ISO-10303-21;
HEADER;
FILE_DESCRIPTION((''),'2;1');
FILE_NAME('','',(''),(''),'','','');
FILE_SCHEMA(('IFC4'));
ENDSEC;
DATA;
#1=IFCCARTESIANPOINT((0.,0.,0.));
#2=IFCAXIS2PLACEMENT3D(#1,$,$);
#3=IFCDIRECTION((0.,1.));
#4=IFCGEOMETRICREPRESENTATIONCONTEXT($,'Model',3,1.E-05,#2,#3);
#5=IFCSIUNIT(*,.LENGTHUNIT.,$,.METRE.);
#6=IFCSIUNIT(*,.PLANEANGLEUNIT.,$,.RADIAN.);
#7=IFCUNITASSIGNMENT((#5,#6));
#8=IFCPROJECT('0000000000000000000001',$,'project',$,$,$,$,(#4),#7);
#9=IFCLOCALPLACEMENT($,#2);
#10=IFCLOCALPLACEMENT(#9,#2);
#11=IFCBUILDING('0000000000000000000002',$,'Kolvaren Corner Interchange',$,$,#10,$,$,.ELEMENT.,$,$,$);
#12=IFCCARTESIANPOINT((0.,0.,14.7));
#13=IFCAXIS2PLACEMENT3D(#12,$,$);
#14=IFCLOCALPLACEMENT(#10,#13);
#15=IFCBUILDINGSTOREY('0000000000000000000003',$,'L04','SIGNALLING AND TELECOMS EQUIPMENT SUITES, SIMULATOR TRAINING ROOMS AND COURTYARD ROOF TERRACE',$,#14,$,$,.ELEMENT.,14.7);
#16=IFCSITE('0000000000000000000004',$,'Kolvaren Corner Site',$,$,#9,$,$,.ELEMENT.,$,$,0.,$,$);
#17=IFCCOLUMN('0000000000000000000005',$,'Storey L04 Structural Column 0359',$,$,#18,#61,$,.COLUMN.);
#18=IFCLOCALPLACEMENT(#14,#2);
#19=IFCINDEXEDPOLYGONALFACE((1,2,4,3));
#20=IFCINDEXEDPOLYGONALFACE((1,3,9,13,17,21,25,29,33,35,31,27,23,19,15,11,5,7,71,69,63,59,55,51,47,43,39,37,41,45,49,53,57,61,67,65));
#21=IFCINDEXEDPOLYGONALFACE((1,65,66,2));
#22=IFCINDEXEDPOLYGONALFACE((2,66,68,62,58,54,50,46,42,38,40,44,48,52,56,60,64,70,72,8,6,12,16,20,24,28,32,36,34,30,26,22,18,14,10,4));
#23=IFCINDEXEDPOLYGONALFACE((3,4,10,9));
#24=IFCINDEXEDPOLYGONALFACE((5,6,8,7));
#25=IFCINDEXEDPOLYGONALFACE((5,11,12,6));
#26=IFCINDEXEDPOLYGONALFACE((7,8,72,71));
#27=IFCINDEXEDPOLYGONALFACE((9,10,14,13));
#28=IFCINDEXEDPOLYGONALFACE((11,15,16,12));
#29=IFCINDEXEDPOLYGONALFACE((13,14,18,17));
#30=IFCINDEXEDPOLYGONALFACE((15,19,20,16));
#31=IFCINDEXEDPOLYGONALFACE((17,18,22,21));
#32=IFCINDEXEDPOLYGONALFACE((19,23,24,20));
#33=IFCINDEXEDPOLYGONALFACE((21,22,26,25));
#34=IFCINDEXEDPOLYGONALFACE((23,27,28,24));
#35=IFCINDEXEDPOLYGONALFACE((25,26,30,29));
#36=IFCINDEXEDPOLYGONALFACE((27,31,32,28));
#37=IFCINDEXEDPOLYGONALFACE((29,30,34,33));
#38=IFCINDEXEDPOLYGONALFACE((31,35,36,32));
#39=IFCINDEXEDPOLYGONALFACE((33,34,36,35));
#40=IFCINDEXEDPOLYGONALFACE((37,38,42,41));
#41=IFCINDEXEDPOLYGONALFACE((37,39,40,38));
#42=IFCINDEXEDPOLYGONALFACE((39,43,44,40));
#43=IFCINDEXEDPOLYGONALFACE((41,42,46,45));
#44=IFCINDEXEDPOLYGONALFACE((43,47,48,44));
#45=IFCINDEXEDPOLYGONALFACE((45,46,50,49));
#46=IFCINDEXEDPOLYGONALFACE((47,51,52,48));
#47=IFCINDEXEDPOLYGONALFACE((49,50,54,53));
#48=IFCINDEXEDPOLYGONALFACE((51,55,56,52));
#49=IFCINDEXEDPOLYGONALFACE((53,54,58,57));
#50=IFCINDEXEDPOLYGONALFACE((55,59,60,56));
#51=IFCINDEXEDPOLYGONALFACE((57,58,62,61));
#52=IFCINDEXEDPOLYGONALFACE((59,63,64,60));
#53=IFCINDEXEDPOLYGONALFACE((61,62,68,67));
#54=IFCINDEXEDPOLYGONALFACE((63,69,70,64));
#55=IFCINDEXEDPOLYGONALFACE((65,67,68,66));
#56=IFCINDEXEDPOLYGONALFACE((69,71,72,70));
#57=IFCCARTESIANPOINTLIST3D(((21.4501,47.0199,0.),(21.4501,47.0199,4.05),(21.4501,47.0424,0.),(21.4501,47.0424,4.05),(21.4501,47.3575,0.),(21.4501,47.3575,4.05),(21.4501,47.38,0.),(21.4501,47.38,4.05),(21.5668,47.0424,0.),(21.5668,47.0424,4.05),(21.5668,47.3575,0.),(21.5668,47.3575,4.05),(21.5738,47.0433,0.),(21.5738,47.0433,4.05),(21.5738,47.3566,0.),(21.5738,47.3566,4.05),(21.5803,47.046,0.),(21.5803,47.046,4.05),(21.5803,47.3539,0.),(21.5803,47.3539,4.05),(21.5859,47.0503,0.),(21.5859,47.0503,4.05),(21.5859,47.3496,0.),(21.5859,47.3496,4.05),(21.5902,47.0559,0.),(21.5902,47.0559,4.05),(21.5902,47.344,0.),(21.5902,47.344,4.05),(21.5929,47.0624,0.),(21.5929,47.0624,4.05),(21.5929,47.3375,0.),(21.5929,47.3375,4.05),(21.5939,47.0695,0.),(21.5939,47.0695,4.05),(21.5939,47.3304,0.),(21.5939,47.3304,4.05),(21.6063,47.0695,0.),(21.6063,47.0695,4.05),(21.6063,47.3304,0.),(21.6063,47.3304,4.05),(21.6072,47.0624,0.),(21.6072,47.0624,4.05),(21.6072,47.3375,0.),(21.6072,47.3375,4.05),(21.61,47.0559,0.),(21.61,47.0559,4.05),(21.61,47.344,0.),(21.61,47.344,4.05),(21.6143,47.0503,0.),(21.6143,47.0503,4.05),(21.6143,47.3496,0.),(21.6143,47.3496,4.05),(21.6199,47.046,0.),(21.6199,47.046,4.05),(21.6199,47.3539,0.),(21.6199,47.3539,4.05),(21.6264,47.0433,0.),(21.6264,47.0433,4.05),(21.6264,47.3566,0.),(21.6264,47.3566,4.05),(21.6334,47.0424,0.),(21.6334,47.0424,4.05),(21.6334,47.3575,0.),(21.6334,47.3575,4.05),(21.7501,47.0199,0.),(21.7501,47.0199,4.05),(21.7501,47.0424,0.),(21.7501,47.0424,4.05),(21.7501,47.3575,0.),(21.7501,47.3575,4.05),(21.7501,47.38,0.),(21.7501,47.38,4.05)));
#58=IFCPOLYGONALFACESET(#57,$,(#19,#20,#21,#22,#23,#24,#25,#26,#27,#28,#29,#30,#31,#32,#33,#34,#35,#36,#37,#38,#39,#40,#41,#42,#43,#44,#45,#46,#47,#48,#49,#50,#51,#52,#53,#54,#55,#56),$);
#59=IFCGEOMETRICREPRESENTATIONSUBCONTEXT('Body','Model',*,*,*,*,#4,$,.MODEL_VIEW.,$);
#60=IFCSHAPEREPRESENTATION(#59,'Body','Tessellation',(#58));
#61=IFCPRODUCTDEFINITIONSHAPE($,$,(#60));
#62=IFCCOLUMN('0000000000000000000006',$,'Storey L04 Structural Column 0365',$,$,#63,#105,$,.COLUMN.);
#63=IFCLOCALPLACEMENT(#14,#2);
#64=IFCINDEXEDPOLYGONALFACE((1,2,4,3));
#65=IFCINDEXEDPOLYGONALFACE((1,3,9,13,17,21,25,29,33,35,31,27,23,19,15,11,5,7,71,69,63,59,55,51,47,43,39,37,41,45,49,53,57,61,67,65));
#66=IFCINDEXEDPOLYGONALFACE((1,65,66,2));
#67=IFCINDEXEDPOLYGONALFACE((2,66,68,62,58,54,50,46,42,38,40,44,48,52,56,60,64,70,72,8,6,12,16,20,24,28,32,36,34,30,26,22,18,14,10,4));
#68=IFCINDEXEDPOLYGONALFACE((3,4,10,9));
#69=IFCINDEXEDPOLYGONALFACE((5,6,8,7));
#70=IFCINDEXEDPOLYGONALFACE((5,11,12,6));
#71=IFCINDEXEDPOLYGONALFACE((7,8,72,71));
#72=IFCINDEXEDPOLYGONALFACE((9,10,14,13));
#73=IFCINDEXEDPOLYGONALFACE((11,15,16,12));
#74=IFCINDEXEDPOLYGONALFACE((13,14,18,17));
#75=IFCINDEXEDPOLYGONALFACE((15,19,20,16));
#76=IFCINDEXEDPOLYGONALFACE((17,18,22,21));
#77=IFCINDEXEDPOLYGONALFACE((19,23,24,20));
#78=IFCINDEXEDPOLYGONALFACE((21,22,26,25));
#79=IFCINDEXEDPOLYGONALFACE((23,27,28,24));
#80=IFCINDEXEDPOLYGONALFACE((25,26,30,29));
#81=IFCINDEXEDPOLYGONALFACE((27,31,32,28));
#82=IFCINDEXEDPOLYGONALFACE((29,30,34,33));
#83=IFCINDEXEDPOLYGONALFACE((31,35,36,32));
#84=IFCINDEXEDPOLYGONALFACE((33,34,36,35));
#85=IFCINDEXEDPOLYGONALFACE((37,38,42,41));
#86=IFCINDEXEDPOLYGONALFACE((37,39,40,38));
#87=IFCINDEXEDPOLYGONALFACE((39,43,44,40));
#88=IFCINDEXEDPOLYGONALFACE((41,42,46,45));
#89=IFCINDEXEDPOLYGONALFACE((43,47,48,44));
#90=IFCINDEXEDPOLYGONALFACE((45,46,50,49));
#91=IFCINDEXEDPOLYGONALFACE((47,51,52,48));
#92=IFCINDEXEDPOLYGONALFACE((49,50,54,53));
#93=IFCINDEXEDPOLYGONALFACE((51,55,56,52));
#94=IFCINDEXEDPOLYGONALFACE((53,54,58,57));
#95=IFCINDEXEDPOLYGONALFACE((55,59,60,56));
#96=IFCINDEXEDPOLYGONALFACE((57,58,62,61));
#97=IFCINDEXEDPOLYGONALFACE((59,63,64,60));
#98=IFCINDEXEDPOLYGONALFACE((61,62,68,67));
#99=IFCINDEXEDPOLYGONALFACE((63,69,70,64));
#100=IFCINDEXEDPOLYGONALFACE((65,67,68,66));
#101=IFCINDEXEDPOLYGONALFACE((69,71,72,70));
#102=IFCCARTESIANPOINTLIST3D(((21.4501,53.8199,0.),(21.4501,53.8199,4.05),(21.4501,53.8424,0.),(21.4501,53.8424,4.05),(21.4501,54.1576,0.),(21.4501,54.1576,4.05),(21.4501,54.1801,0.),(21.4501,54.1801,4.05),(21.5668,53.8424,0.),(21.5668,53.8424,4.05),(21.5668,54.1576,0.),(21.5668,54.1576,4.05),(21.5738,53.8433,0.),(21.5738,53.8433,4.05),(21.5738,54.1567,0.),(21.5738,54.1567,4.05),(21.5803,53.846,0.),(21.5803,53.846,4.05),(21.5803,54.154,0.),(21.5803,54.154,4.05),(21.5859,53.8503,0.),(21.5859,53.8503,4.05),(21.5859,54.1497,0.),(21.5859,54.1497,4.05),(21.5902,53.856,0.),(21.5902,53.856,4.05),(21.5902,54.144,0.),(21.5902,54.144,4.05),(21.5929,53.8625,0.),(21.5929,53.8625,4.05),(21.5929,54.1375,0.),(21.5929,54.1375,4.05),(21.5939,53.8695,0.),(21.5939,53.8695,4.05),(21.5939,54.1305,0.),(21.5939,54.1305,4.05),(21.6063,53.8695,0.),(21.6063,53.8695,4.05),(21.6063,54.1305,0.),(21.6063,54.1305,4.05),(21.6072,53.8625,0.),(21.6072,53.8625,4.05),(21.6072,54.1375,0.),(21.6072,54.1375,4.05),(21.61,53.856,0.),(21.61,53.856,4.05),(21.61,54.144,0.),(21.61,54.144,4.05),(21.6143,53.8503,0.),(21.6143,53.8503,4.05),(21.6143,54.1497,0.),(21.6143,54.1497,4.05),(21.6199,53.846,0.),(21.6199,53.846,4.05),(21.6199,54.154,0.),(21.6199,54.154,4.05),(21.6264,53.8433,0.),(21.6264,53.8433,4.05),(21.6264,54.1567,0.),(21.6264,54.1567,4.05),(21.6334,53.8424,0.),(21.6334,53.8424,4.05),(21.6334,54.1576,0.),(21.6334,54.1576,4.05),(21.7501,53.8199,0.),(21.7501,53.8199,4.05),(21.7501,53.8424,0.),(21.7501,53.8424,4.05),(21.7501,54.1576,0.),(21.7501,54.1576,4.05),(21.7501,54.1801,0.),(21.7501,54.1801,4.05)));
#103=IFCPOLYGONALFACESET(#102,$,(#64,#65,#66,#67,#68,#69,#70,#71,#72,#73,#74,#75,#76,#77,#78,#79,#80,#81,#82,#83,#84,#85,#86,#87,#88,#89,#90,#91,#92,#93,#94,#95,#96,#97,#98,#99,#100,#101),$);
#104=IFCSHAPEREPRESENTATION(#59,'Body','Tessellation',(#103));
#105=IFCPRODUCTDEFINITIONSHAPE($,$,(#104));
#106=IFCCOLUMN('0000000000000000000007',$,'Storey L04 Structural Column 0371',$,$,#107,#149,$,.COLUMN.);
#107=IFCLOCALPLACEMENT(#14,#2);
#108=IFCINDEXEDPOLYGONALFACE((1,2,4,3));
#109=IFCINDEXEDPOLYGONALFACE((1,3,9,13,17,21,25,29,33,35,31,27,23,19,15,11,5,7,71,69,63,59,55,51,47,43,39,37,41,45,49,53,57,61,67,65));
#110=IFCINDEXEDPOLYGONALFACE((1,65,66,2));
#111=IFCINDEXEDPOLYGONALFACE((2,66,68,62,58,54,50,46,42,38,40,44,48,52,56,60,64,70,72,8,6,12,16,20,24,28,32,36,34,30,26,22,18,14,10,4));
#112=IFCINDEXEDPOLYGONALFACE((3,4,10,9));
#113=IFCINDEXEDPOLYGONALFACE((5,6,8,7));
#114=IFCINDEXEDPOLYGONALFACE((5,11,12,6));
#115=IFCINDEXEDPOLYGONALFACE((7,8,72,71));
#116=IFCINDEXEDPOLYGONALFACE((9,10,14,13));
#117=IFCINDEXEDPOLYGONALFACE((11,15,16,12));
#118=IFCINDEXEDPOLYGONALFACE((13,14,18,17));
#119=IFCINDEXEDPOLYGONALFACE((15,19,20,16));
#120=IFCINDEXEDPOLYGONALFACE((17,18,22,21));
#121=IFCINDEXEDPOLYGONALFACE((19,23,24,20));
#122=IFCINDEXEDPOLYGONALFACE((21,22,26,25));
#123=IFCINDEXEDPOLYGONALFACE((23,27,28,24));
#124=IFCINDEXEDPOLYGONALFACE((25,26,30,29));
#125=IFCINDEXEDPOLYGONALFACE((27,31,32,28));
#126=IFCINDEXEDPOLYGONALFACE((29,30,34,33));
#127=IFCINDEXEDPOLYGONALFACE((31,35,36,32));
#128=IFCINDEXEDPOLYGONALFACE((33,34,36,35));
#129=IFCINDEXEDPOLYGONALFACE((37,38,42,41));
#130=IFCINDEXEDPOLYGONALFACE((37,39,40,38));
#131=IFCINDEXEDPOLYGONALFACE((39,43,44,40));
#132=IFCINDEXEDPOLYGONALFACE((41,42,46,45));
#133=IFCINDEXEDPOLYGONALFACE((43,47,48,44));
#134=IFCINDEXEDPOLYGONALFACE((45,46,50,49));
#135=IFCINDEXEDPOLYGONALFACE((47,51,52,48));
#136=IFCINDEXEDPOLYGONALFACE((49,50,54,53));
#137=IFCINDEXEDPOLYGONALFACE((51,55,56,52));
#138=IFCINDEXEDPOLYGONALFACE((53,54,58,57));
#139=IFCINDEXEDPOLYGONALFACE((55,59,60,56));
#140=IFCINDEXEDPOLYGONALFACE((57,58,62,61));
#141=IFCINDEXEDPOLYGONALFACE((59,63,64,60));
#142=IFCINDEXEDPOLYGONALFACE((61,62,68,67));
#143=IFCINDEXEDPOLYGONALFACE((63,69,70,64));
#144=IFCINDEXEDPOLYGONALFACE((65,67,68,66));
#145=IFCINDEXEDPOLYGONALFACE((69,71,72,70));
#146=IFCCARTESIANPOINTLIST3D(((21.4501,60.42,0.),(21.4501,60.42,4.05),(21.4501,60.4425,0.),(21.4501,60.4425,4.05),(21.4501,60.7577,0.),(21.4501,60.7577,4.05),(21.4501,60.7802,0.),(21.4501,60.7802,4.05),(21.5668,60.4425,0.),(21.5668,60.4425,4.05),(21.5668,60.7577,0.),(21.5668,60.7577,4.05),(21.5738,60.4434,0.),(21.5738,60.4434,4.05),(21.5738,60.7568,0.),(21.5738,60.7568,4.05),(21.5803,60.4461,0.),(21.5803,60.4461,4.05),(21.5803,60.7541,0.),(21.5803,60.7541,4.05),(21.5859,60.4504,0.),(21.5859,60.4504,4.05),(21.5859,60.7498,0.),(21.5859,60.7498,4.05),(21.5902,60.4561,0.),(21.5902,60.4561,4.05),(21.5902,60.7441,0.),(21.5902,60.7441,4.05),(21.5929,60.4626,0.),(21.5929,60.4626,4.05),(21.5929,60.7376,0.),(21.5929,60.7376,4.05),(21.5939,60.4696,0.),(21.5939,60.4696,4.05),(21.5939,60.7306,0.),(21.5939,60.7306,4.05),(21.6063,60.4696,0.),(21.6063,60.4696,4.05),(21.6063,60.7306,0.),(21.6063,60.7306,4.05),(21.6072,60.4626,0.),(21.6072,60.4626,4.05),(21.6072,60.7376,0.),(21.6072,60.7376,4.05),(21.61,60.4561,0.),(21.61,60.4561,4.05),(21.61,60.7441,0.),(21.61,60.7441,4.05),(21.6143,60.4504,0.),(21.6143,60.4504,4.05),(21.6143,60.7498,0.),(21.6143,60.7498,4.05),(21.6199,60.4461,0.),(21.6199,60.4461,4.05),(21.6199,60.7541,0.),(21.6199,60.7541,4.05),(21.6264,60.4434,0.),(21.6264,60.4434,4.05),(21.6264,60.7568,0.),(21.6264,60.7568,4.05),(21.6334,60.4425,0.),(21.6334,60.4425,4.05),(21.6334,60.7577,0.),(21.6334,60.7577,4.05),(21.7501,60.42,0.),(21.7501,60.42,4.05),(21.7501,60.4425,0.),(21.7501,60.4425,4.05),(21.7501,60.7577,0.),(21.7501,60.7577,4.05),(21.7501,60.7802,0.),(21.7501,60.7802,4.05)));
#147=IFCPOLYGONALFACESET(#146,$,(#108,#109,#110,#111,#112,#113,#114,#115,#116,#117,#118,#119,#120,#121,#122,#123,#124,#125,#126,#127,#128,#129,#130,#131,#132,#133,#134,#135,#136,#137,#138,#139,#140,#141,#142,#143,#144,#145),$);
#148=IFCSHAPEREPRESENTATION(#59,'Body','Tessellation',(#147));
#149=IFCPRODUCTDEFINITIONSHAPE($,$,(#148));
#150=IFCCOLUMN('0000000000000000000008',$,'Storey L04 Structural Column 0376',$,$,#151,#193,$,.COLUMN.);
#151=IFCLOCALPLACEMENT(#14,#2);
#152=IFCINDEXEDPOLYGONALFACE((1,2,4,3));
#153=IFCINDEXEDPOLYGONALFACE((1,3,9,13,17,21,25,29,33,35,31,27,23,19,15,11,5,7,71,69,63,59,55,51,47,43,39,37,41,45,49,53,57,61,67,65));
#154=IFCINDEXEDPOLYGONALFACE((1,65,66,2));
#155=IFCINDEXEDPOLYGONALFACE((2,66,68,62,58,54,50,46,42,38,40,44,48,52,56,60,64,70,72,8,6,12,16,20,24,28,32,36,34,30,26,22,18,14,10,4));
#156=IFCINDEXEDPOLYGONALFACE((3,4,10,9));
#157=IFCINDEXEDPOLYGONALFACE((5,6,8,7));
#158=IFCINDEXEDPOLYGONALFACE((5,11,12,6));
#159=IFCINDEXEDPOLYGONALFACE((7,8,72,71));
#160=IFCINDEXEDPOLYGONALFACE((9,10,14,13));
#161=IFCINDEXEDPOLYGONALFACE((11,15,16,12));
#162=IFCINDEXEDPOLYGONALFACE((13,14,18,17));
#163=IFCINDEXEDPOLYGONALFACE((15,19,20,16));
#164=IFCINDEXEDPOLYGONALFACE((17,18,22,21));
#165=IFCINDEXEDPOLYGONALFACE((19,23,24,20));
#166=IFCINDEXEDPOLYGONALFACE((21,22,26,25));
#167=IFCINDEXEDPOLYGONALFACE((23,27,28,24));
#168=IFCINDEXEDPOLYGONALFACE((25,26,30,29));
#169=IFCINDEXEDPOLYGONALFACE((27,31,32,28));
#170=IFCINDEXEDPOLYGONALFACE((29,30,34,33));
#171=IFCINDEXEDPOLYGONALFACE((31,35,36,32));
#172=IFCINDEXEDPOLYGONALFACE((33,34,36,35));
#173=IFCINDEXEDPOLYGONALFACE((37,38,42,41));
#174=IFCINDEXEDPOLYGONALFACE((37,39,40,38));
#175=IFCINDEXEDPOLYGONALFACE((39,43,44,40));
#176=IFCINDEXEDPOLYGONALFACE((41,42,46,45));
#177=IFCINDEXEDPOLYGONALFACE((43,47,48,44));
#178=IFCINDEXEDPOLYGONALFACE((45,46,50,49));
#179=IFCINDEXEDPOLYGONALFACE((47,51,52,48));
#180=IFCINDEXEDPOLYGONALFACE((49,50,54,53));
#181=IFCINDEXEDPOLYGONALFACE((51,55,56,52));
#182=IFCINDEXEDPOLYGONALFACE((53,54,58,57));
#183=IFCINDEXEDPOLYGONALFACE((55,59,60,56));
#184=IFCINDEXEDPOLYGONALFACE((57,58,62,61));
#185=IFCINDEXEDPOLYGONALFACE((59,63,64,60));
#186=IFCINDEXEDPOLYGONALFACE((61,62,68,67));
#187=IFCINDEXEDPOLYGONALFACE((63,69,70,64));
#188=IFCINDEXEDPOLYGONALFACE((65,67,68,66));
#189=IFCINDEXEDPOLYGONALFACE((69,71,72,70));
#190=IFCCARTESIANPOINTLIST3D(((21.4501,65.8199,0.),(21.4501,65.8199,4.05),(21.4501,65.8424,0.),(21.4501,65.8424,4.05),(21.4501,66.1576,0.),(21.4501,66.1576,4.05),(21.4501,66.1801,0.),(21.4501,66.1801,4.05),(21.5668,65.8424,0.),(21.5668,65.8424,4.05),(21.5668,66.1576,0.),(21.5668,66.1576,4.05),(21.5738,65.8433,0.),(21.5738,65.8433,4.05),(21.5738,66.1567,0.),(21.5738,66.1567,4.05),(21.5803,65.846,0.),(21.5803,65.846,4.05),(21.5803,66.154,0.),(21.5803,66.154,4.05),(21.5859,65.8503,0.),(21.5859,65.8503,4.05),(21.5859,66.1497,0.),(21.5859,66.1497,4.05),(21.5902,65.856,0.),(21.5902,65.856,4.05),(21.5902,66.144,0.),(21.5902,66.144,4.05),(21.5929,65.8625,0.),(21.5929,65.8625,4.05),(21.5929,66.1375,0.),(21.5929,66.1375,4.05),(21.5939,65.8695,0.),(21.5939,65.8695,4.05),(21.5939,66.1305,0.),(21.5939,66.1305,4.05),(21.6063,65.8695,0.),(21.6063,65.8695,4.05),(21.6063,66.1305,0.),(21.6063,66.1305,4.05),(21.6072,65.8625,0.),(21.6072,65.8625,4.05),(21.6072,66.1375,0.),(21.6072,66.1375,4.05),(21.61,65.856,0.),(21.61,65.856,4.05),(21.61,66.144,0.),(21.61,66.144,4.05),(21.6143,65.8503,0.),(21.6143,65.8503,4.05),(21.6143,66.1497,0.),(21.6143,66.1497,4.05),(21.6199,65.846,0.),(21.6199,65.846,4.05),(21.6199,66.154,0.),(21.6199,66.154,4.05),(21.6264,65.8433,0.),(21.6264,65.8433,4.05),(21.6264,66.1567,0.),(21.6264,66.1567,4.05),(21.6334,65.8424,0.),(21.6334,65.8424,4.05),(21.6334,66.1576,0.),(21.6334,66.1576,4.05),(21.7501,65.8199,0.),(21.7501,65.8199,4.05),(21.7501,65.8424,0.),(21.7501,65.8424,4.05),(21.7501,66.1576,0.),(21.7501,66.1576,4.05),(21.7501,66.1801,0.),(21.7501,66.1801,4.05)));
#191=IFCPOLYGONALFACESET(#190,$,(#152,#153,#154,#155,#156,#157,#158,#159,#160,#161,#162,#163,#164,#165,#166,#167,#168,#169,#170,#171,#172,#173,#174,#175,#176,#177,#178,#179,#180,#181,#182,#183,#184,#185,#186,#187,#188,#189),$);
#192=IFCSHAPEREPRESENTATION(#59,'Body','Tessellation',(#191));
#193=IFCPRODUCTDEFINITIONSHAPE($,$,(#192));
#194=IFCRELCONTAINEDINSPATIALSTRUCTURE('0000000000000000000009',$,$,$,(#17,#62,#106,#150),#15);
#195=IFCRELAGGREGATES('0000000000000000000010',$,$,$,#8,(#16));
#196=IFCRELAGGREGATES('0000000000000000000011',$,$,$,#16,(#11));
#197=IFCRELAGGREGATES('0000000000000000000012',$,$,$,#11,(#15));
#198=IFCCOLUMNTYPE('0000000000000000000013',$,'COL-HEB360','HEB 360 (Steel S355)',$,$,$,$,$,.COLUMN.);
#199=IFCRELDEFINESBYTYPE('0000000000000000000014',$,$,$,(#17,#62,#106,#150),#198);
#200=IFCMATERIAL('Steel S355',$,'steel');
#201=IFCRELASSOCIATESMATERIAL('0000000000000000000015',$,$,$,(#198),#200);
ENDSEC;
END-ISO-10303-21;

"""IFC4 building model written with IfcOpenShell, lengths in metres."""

from ifc_helpers import new_model, si_unit, direction, frame, origin, origin_2d, place, context, subcontext, project, spatial, i_section, extrude, material, material_profile, profile_set, type_object, element, save


model = new_model("IFC4")

# Units and contexts
model_context = context("Model", 3, precision=1e-05, world=origin(), true_north=direction((0.0, 1.0)))
body_context = subcontext(model_context, "Body", "Model", "MODEL_VIEW")
ifc_project = project(units=[si_unit("LENGTHUNIT", "METRE"), si_unit("PLANEANGLEUNIT", "RADIAN")], contexts=[model_context])

# Site, building, storey
site_placement = place(None, origin())
site = spatial("IfcSite", under=ifc_project, at=site_placement, Name="Kolvaren Corner Site", CompositionType="ELEMENT", RefElevation=0.0)
building_placement = place(site_placement, origin())
building = spatial("IfcBuilding", under=site, at=building_placement, Name="Kolvaren Corner Interchange", CompositionType="ELEMENT")
storey_placement = place(building_placement, frame((0.0, 0.0, 14.7)))
storey = spatial("IfcBuildingStorey", under=building, at=storey_placement, Name="L04", Description="SIGNALLING AND TELECOMS EQUIPMENT SUITES, SIMULATOR TRAINING ROOMS AND COURTYARD ROOF TERRACE", CompositionType="ELEMENT", Elevation=14.7)

# Columns
ifc_material_1 = material(Name="Steel S355", Category="steel")
ifc_material_profile_1 = material_profile(ifc_material_1, i_section(OverallWidth=0.3, OverallDepth=0.3601, WebThickness=0.0125, FlangeThickness=0.0225, FilletRadius=0.0271, at=origin_2d()), Name="HEB 360")
ifc_profile_set_1 = profile_set([ifc_material_profile_1], Name="Steel S355")
column_type = type_object("IfcColumnType", Name="COL-HEB360", Description="HEB 360 (Steel S355)", PredefinedType="COLUMN", material=ifc_profile_set_1)
for number, where, z_axis, x_axis, name in (
    (1, (21.6001, 47.2, 0.0), (0.0, 0.0, 1.0), (1.0, 0.0, 0.0), "Storey L04 Structural Column 0359"),
    (2, (21.6001, 54.0, 0.0), (0.0, 0.0, 1.0), (1.0, 0.0, 0.0), "Storey L04 Structural Column 0365"),
    (3, (21.6001, 60.6001, 0.0), (0.0, 0.0, 1.0), (1.0, 0.0, 0.0), "Storey L04 Structural Column 0371"),
    (4, (21.6001, 66.0, 0.0), (0.0, 0.0, 1.0), (1.0, 0.0, 0.0), "Storey L04 Structural Column 0376"),
):
    element("IfcColumn", number, at=place(storey_placement, frame(where, z_axis=z_axis, x_axis=x_axis)), inside=storey, type_object=column_type, Name=name, PredefinedType="COLUMN", context=body_context, shape_type="SweptSolid", body=[
        extrude(i_section(OverallWidth=0.3, OverallDepth=0.3601, WebThickness=0.0125, FlangeThickness=0.0225, FilletRadius=0.0271, at=origin_2d()), origin(), (0.0, 0.0, 1.0), 4.05),
    ])

save(model, "model.ifc")
